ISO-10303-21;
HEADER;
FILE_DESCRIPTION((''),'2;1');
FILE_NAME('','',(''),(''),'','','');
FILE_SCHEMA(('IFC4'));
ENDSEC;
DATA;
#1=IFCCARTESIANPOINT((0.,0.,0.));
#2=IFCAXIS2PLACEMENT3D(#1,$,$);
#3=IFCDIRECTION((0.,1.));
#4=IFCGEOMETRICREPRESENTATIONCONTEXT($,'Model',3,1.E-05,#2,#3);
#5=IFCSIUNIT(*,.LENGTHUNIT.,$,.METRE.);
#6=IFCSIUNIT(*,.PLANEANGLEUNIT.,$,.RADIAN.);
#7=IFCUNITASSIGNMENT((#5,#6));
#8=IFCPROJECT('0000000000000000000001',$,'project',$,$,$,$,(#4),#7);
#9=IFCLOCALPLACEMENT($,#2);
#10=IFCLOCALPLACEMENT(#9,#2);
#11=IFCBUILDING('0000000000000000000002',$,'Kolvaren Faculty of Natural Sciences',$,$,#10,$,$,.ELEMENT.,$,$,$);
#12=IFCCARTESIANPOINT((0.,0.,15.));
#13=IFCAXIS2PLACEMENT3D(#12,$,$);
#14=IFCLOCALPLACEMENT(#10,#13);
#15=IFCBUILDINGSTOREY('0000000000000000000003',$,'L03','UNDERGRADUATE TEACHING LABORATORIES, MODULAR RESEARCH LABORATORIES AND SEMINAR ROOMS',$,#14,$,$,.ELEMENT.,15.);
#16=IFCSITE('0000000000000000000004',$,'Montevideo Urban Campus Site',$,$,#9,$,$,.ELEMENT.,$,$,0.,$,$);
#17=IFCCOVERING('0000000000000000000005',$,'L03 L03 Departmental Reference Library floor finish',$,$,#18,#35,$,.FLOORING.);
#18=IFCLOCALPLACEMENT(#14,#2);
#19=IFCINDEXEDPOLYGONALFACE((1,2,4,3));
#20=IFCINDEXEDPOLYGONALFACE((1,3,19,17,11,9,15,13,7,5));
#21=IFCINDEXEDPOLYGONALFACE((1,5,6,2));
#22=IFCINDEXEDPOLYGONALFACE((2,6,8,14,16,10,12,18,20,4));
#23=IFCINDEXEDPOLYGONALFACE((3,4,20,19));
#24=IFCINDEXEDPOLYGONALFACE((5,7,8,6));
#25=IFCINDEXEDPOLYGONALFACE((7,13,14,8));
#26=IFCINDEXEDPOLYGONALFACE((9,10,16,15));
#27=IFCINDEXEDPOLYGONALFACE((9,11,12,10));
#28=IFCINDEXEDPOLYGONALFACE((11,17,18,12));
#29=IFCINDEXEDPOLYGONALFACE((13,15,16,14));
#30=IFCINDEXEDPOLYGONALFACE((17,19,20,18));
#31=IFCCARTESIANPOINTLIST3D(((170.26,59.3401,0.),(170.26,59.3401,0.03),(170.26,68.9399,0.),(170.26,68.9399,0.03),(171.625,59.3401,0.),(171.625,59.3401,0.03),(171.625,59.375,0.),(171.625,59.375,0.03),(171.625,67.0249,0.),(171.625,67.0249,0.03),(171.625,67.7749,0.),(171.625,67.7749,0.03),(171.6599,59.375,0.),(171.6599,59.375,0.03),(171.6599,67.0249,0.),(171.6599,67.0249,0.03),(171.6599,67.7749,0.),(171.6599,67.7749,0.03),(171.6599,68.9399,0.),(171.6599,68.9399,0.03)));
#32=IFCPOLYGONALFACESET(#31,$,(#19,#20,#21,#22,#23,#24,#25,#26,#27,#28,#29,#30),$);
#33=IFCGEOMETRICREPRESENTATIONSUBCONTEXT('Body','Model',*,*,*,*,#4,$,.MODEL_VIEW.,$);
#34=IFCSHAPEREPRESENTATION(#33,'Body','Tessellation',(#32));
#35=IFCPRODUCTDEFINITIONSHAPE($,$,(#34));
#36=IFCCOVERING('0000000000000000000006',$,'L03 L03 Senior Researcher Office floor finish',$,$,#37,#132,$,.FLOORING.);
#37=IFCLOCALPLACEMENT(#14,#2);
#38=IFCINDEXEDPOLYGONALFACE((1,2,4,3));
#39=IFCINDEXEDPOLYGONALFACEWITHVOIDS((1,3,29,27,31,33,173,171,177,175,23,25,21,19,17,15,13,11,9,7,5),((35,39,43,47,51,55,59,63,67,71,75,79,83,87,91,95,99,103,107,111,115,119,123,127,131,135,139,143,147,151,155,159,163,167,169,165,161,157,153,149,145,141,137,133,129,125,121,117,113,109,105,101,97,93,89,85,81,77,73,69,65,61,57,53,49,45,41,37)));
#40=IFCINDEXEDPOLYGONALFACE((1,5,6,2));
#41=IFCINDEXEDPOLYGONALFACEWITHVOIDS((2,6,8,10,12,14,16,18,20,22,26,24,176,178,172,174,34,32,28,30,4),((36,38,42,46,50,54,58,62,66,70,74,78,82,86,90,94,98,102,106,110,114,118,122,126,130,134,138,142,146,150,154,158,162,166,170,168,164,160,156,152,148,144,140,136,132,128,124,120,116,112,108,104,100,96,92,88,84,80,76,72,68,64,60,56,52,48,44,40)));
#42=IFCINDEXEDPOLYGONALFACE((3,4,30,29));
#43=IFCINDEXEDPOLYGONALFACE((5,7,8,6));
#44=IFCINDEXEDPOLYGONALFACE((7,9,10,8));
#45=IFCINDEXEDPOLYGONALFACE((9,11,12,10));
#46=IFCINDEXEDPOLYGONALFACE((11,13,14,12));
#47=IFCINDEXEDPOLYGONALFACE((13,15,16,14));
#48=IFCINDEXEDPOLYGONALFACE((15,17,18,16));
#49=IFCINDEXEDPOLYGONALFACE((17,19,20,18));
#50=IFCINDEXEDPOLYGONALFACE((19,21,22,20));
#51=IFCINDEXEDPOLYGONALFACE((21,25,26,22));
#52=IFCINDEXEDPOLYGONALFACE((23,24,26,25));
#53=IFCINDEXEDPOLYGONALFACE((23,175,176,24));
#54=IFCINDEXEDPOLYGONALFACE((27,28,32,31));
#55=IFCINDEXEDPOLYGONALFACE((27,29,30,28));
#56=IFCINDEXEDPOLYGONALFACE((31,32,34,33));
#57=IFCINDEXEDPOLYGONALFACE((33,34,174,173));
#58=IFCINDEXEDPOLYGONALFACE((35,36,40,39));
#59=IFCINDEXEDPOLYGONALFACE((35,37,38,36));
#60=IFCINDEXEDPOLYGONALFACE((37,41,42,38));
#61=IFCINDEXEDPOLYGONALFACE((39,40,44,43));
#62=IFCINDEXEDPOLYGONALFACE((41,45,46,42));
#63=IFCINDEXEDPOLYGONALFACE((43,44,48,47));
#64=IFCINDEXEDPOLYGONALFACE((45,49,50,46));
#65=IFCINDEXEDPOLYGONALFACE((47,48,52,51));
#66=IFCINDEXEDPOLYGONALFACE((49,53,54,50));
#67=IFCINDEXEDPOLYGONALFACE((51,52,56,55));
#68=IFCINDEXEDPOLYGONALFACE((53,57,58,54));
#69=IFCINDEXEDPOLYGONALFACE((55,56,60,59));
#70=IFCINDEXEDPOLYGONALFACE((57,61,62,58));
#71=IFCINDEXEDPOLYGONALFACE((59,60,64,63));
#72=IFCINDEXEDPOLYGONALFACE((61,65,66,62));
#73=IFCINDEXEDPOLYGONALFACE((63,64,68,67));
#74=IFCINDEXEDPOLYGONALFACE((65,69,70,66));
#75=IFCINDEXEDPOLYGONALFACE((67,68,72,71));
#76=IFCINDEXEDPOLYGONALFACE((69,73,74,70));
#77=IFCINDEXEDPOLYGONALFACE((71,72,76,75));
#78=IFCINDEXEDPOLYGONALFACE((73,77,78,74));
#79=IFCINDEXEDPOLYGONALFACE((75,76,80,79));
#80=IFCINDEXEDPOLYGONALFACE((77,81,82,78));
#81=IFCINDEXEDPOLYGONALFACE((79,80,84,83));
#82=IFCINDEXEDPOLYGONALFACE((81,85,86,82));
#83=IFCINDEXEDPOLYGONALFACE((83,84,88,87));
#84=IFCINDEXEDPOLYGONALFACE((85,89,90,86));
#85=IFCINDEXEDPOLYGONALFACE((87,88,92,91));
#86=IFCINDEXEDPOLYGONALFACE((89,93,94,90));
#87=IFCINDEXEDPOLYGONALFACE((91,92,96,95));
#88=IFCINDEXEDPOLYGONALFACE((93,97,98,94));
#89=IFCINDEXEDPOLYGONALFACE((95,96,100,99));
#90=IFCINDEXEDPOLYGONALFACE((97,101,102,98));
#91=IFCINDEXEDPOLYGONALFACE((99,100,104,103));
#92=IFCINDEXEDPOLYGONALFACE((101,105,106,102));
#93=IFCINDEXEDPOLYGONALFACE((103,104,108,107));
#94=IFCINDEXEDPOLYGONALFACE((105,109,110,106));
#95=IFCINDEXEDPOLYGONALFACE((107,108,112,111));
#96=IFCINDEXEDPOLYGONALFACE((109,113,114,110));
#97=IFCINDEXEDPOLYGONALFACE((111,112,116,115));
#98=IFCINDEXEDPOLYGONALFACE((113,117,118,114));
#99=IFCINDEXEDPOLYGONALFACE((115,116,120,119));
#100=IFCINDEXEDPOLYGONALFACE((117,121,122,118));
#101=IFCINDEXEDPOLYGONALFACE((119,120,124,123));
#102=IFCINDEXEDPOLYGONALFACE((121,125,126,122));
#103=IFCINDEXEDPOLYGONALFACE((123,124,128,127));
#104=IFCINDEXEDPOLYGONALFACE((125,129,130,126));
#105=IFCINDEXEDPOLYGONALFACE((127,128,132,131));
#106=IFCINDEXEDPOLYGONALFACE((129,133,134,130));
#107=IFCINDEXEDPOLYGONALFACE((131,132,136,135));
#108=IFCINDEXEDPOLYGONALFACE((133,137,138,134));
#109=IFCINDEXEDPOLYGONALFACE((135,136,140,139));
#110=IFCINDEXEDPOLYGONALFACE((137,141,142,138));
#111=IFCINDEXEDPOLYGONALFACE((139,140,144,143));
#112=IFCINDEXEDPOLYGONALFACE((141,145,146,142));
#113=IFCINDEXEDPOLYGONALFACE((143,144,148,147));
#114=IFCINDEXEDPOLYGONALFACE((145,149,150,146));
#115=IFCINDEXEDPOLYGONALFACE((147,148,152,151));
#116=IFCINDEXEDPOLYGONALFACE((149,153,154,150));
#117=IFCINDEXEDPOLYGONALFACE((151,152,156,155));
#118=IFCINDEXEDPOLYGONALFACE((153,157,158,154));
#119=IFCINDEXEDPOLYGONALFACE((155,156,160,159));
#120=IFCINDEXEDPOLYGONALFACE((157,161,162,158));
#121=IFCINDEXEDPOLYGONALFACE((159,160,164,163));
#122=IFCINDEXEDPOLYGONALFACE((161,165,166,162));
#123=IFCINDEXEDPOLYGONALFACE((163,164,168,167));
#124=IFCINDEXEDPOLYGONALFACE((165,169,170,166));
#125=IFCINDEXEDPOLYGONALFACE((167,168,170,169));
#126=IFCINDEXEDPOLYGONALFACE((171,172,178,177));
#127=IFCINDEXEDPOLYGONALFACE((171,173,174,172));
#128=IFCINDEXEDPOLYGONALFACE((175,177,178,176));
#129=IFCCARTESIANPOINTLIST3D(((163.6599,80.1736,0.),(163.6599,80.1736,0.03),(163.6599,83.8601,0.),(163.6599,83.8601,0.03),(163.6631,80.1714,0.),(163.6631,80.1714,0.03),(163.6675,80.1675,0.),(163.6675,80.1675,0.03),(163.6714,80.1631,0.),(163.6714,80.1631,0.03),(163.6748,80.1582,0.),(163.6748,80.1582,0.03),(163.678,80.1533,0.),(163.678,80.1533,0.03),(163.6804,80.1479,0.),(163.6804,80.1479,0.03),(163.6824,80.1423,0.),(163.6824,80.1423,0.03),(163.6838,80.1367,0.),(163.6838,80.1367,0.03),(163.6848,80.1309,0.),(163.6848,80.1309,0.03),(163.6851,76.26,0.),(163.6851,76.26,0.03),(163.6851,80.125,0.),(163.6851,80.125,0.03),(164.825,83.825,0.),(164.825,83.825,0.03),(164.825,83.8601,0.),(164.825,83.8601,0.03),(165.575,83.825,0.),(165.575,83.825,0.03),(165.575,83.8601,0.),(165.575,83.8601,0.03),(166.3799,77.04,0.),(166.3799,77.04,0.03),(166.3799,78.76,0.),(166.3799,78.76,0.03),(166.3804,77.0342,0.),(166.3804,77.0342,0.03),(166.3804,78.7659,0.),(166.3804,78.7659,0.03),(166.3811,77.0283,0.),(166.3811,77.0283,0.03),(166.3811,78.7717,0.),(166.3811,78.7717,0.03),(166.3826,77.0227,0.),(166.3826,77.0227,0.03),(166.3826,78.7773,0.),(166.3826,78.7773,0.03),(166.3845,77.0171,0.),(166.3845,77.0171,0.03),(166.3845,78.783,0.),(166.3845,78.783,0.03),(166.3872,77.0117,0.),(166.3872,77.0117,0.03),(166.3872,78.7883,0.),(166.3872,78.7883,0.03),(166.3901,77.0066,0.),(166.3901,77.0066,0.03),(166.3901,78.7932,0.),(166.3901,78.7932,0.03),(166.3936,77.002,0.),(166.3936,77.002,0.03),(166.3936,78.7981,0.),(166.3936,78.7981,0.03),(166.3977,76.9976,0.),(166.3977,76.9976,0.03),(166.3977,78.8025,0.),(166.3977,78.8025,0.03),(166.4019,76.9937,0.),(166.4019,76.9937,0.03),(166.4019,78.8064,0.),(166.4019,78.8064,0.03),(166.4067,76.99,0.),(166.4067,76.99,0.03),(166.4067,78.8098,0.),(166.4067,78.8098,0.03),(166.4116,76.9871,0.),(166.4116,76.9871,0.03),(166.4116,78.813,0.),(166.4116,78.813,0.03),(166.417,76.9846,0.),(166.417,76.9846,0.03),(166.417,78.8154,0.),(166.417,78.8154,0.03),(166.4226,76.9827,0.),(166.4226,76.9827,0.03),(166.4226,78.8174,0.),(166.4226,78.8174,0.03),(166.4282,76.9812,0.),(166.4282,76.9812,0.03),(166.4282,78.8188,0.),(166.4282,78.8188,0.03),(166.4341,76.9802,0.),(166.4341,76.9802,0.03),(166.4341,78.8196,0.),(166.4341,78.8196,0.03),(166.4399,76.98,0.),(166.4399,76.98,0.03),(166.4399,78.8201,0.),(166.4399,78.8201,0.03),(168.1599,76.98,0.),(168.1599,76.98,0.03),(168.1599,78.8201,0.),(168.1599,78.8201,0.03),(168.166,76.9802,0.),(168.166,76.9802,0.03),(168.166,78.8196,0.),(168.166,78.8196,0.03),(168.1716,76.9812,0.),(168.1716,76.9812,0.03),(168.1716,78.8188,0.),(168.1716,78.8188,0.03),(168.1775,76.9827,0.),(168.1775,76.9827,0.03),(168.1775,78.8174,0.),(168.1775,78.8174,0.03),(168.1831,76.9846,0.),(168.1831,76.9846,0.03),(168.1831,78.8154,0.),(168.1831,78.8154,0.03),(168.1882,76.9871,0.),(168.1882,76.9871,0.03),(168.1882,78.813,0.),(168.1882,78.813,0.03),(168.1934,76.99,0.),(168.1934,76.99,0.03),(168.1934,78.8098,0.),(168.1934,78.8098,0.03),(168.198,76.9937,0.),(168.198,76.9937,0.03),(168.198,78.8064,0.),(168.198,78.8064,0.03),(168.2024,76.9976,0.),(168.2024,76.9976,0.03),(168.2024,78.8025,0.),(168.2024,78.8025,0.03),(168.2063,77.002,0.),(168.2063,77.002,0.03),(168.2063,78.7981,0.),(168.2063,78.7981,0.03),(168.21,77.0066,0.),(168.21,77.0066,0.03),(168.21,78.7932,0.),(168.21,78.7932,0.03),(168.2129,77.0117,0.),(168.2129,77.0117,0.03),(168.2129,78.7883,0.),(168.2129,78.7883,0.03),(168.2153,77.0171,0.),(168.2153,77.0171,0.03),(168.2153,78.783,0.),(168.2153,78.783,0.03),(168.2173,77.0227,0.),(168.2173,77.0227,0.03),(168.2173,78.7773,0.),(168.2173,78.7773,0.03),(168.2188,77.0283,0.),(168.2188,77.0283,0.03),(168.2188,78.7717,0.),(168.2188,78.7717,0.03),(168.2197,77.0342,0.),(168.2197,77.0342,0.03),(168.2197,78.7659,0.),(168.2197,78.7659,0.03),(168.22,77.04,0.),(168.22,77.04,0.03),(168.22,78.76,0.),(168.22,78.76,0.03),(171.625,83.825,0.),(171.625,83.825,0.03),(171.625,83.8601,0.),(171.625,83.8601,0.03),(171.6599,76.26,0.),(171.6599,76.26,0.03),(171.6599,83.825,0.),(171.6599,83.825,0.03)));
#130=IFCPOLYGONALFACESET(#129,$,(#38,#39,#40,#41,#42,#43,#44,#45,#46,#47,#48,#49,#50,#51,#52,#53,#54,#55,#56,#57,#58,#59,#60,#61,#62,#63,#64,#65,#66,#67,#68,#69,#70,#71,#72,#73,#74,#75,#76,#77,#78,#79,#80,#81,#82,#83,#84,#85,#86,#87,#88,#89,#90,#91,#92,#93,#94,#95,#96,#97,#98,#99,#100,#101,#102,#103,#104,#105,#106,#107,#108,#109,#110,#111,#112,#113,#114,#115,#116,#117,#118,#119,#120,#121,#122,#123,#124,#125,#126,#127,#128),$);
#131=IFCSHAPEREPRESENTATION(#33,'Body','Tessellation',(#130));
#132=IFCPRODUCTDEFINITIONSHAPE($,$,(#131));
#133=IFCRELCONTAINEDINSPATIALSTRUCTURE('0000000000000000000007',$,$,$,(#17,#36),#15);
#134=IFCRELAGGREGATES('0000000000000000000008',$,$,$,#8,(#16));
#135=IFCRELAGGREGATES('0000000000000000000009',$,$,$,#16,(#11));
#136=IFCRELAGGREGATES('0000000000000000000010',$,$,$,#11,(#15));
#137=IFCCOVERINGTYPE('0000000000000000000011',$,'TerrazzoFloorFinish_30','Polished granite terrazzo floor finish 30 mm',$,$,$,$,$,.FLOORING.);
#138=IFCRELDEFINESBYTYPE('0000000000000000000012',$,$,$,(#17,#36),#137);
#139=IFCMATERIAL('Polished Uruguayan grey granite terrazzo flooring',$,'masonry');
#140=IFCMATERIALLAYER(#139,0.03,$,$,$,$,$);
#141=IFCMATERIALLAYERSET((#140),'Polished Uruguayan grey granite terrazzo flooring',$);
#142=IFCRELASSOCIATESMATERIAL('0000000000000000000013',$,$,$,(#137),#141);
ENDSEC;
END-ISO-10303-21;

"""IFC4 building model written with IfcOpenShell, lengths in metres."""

from ifc_helpers import new_model, si_unit, direction, frame, origin, place, context, subcontext, project, spatial, polyline, outline, extrude, material, layer, layer_set, type_object, element, save


model = new_model("IFC4")

# Units and contexts
model_context = context("Model", 3, precision=1e-05, world=origin(), true_north=direction((0.0, 1.0)))
body_context = subcontext(model_context, "Body", "Model", "MODEL_VIEW")
ifc_project = project(units=[si_unit("LENGTHUNIT", "METRE"), si_unit("PLANEANGLEUNIT", "RADIAN")], contexts=[model_context])

# Site, building, storey
site_placement = place(None, origin())
site = spatial("IfcSite", under=ifc_project, at=site_placement, Name="Montevideo Urban Campus Site", CompositionType="ELEMENT", RefElevation=0.0)
building_placement = place(site_placement, origin())
building = spatial("IfcBuilding", under=site, at=building_placement, Name="Kolvaren Faculty of Natural Sciences", CompositionType="ELEMENT")
storey_placement = place(building_placement, frame((0.0, 0.0, 15.0)))
storey = spatial("IfcBuildingStorey", under=building, at=storey_placement, Name="L03", Description="UNDERGRADUATE TEACHING LABORATORIES, MODULAR RESEARCH LABORATORIES AND SEMINAR ROOMS", CompositionType="ELEMENT", Elevation=15.0)

# Coverings
ifc_material_1 = material(Name="Polished Uruguayan grey granite terrazzo flooring", Category="masonry")
ifc_layer_1 = layer(ifc_material_1, 0.03)
ifc_layer_set_1 = layer_set([ifc_layer_1], Name="Polished Uruguayan grey granite terrazzo flooring")
covering_type_1 = type_object("IfcCoveringType", Name="TerrazzoFloorFinish_30", Description="Polished granite terrazzo floor finish 30 mm", PredefinedType="FLOORING", material=ifc_layer_set_1)
covering_1_placement = place(storey_placement, origin())
element("IfcCovering", 1, at=covering_1_placement, inside=storey, type_object=covering_type_1, Name="L03 L03 Departmental Reference Library floor finish", PredefinedType="FLOORING", context=body_context, shape_type="SweptSolid", body=[
    extrude(outline(polyline([(171.6599, 67.7749), (171.625, 67.7749), (171.625, 67.0249), (171.6599, 67.0249), (171.6599, 59.375), (171.625, 59.375), (171.625, 59.3401), (170.26, 59.3401), (170.26, 68.9399), (171.6599, 68.9399), (171.6599, 67.7749)])), origin(), (0.0, 0.0, 1.0), 0.03),
])
covering_2_placement = place(storey_placement, origin())
element("IfcCovering", 2, at=covering_2_placement, inside=storey, type_object=covering_type_1, Name="L03 L03 Senior Researcher Office floor finish", PredefinedType="FLOORING", context=body_context, shape_type="SweptSolid", body=[
    extrude(outline(polyline([(163.6599, 83.8601), (164.825, 83.8601), (164.825, 83.825), (165.575, 83.825), (165.575, 83.8601), (171.625, 83.8601), (171.625, 83.825), (171.6599, 83.825), (171.6599, 76.26), (163.6851, 76.26), (163.6851, 80.125), (163.6848, 80.1309), (163.6838, 80.1367), (163.6824, 80.1423), (163.6804, 80.1479), (163.678, 80.1533), (163.6748, 80.1582), (163.6714, 80.1631), (163.6675, 80.1675), (163.6631, 80.1714), (163.6599, 80.1736), (163.6599, 83.8601)]), holes=[polyline([(168.166, 76.9802), (168.1716, 76.9812), (168.1775, 76.9827), (168.1831, 76.9846), (168.1882, 76.9871), (168.1934, 76.99), (168.198, 76.9937), (168.2024, 76.9976), (168.2063, 77.002), (168.21, 77.0066), (168.2129, 77.0117), (168.2153, 77.0171), (168.2173, 77.0227), (168.2188, 77.0283), (168.2197, 77.0342), (168.22, 77.04), (168.22, 78.76), (168.2197, 78.7659), (168.2188, 78.7717), (168.2173, 78.7773), (168.2153, 78.783), (168.2129, 78.7883), (168.21, 78.7932), (168.2063, 78.7981), (168.2024, 78.8025), (168.198, 78.8064), (168.1934, 78.8098), (168.1882, 78.813), (168.1831, 78.8154), (168.1775, 78.8174), (168.1716, 78.8188), (168.166, 78.8196), (168.1599, 78.8201), (166.4399, 78.8201), (166.4341, 78.8196), (166.4282, 78.8188), (166.4226, 78.8174), (166.417, 78.8154), (166.4116, 78.813), (166.4067, 78.8098), (166.4019, 78.8064), (166.3977, 78.8025), (166.3936, 78.7981), (166.3901, 78.7932), (166.3872, 78.7883), (166.3845, 78.783), (166.3826, 78.7773), (166.3811, 78.7717), (166.3804, 78.7659), (166.3799, 78.76), (166.3799, 77.04), (166.3804, 77.0342), (166.3811, 77.0283), (166.3826, 77.0227), (166.3845, 77.0171), (166.3872, 77.0117), (166.3901, 77.0066), (166.3936, 77.002), (166.3977, 76.9976), (166.4019, 76.9937), (166.4067, 76.99), (166.4116, 76.9871), (166.417, 76.9846), (166.4226, 76.9827), (166.4282, 76.9812), (166.4341, 76.9802), (166.4399, 76.98), (168.1599, 76.98), (168.166, 76.9802)])]), origin(), (0.0, 0.0, 1.0), 0.03),
])

save(model, "model.ifc")
